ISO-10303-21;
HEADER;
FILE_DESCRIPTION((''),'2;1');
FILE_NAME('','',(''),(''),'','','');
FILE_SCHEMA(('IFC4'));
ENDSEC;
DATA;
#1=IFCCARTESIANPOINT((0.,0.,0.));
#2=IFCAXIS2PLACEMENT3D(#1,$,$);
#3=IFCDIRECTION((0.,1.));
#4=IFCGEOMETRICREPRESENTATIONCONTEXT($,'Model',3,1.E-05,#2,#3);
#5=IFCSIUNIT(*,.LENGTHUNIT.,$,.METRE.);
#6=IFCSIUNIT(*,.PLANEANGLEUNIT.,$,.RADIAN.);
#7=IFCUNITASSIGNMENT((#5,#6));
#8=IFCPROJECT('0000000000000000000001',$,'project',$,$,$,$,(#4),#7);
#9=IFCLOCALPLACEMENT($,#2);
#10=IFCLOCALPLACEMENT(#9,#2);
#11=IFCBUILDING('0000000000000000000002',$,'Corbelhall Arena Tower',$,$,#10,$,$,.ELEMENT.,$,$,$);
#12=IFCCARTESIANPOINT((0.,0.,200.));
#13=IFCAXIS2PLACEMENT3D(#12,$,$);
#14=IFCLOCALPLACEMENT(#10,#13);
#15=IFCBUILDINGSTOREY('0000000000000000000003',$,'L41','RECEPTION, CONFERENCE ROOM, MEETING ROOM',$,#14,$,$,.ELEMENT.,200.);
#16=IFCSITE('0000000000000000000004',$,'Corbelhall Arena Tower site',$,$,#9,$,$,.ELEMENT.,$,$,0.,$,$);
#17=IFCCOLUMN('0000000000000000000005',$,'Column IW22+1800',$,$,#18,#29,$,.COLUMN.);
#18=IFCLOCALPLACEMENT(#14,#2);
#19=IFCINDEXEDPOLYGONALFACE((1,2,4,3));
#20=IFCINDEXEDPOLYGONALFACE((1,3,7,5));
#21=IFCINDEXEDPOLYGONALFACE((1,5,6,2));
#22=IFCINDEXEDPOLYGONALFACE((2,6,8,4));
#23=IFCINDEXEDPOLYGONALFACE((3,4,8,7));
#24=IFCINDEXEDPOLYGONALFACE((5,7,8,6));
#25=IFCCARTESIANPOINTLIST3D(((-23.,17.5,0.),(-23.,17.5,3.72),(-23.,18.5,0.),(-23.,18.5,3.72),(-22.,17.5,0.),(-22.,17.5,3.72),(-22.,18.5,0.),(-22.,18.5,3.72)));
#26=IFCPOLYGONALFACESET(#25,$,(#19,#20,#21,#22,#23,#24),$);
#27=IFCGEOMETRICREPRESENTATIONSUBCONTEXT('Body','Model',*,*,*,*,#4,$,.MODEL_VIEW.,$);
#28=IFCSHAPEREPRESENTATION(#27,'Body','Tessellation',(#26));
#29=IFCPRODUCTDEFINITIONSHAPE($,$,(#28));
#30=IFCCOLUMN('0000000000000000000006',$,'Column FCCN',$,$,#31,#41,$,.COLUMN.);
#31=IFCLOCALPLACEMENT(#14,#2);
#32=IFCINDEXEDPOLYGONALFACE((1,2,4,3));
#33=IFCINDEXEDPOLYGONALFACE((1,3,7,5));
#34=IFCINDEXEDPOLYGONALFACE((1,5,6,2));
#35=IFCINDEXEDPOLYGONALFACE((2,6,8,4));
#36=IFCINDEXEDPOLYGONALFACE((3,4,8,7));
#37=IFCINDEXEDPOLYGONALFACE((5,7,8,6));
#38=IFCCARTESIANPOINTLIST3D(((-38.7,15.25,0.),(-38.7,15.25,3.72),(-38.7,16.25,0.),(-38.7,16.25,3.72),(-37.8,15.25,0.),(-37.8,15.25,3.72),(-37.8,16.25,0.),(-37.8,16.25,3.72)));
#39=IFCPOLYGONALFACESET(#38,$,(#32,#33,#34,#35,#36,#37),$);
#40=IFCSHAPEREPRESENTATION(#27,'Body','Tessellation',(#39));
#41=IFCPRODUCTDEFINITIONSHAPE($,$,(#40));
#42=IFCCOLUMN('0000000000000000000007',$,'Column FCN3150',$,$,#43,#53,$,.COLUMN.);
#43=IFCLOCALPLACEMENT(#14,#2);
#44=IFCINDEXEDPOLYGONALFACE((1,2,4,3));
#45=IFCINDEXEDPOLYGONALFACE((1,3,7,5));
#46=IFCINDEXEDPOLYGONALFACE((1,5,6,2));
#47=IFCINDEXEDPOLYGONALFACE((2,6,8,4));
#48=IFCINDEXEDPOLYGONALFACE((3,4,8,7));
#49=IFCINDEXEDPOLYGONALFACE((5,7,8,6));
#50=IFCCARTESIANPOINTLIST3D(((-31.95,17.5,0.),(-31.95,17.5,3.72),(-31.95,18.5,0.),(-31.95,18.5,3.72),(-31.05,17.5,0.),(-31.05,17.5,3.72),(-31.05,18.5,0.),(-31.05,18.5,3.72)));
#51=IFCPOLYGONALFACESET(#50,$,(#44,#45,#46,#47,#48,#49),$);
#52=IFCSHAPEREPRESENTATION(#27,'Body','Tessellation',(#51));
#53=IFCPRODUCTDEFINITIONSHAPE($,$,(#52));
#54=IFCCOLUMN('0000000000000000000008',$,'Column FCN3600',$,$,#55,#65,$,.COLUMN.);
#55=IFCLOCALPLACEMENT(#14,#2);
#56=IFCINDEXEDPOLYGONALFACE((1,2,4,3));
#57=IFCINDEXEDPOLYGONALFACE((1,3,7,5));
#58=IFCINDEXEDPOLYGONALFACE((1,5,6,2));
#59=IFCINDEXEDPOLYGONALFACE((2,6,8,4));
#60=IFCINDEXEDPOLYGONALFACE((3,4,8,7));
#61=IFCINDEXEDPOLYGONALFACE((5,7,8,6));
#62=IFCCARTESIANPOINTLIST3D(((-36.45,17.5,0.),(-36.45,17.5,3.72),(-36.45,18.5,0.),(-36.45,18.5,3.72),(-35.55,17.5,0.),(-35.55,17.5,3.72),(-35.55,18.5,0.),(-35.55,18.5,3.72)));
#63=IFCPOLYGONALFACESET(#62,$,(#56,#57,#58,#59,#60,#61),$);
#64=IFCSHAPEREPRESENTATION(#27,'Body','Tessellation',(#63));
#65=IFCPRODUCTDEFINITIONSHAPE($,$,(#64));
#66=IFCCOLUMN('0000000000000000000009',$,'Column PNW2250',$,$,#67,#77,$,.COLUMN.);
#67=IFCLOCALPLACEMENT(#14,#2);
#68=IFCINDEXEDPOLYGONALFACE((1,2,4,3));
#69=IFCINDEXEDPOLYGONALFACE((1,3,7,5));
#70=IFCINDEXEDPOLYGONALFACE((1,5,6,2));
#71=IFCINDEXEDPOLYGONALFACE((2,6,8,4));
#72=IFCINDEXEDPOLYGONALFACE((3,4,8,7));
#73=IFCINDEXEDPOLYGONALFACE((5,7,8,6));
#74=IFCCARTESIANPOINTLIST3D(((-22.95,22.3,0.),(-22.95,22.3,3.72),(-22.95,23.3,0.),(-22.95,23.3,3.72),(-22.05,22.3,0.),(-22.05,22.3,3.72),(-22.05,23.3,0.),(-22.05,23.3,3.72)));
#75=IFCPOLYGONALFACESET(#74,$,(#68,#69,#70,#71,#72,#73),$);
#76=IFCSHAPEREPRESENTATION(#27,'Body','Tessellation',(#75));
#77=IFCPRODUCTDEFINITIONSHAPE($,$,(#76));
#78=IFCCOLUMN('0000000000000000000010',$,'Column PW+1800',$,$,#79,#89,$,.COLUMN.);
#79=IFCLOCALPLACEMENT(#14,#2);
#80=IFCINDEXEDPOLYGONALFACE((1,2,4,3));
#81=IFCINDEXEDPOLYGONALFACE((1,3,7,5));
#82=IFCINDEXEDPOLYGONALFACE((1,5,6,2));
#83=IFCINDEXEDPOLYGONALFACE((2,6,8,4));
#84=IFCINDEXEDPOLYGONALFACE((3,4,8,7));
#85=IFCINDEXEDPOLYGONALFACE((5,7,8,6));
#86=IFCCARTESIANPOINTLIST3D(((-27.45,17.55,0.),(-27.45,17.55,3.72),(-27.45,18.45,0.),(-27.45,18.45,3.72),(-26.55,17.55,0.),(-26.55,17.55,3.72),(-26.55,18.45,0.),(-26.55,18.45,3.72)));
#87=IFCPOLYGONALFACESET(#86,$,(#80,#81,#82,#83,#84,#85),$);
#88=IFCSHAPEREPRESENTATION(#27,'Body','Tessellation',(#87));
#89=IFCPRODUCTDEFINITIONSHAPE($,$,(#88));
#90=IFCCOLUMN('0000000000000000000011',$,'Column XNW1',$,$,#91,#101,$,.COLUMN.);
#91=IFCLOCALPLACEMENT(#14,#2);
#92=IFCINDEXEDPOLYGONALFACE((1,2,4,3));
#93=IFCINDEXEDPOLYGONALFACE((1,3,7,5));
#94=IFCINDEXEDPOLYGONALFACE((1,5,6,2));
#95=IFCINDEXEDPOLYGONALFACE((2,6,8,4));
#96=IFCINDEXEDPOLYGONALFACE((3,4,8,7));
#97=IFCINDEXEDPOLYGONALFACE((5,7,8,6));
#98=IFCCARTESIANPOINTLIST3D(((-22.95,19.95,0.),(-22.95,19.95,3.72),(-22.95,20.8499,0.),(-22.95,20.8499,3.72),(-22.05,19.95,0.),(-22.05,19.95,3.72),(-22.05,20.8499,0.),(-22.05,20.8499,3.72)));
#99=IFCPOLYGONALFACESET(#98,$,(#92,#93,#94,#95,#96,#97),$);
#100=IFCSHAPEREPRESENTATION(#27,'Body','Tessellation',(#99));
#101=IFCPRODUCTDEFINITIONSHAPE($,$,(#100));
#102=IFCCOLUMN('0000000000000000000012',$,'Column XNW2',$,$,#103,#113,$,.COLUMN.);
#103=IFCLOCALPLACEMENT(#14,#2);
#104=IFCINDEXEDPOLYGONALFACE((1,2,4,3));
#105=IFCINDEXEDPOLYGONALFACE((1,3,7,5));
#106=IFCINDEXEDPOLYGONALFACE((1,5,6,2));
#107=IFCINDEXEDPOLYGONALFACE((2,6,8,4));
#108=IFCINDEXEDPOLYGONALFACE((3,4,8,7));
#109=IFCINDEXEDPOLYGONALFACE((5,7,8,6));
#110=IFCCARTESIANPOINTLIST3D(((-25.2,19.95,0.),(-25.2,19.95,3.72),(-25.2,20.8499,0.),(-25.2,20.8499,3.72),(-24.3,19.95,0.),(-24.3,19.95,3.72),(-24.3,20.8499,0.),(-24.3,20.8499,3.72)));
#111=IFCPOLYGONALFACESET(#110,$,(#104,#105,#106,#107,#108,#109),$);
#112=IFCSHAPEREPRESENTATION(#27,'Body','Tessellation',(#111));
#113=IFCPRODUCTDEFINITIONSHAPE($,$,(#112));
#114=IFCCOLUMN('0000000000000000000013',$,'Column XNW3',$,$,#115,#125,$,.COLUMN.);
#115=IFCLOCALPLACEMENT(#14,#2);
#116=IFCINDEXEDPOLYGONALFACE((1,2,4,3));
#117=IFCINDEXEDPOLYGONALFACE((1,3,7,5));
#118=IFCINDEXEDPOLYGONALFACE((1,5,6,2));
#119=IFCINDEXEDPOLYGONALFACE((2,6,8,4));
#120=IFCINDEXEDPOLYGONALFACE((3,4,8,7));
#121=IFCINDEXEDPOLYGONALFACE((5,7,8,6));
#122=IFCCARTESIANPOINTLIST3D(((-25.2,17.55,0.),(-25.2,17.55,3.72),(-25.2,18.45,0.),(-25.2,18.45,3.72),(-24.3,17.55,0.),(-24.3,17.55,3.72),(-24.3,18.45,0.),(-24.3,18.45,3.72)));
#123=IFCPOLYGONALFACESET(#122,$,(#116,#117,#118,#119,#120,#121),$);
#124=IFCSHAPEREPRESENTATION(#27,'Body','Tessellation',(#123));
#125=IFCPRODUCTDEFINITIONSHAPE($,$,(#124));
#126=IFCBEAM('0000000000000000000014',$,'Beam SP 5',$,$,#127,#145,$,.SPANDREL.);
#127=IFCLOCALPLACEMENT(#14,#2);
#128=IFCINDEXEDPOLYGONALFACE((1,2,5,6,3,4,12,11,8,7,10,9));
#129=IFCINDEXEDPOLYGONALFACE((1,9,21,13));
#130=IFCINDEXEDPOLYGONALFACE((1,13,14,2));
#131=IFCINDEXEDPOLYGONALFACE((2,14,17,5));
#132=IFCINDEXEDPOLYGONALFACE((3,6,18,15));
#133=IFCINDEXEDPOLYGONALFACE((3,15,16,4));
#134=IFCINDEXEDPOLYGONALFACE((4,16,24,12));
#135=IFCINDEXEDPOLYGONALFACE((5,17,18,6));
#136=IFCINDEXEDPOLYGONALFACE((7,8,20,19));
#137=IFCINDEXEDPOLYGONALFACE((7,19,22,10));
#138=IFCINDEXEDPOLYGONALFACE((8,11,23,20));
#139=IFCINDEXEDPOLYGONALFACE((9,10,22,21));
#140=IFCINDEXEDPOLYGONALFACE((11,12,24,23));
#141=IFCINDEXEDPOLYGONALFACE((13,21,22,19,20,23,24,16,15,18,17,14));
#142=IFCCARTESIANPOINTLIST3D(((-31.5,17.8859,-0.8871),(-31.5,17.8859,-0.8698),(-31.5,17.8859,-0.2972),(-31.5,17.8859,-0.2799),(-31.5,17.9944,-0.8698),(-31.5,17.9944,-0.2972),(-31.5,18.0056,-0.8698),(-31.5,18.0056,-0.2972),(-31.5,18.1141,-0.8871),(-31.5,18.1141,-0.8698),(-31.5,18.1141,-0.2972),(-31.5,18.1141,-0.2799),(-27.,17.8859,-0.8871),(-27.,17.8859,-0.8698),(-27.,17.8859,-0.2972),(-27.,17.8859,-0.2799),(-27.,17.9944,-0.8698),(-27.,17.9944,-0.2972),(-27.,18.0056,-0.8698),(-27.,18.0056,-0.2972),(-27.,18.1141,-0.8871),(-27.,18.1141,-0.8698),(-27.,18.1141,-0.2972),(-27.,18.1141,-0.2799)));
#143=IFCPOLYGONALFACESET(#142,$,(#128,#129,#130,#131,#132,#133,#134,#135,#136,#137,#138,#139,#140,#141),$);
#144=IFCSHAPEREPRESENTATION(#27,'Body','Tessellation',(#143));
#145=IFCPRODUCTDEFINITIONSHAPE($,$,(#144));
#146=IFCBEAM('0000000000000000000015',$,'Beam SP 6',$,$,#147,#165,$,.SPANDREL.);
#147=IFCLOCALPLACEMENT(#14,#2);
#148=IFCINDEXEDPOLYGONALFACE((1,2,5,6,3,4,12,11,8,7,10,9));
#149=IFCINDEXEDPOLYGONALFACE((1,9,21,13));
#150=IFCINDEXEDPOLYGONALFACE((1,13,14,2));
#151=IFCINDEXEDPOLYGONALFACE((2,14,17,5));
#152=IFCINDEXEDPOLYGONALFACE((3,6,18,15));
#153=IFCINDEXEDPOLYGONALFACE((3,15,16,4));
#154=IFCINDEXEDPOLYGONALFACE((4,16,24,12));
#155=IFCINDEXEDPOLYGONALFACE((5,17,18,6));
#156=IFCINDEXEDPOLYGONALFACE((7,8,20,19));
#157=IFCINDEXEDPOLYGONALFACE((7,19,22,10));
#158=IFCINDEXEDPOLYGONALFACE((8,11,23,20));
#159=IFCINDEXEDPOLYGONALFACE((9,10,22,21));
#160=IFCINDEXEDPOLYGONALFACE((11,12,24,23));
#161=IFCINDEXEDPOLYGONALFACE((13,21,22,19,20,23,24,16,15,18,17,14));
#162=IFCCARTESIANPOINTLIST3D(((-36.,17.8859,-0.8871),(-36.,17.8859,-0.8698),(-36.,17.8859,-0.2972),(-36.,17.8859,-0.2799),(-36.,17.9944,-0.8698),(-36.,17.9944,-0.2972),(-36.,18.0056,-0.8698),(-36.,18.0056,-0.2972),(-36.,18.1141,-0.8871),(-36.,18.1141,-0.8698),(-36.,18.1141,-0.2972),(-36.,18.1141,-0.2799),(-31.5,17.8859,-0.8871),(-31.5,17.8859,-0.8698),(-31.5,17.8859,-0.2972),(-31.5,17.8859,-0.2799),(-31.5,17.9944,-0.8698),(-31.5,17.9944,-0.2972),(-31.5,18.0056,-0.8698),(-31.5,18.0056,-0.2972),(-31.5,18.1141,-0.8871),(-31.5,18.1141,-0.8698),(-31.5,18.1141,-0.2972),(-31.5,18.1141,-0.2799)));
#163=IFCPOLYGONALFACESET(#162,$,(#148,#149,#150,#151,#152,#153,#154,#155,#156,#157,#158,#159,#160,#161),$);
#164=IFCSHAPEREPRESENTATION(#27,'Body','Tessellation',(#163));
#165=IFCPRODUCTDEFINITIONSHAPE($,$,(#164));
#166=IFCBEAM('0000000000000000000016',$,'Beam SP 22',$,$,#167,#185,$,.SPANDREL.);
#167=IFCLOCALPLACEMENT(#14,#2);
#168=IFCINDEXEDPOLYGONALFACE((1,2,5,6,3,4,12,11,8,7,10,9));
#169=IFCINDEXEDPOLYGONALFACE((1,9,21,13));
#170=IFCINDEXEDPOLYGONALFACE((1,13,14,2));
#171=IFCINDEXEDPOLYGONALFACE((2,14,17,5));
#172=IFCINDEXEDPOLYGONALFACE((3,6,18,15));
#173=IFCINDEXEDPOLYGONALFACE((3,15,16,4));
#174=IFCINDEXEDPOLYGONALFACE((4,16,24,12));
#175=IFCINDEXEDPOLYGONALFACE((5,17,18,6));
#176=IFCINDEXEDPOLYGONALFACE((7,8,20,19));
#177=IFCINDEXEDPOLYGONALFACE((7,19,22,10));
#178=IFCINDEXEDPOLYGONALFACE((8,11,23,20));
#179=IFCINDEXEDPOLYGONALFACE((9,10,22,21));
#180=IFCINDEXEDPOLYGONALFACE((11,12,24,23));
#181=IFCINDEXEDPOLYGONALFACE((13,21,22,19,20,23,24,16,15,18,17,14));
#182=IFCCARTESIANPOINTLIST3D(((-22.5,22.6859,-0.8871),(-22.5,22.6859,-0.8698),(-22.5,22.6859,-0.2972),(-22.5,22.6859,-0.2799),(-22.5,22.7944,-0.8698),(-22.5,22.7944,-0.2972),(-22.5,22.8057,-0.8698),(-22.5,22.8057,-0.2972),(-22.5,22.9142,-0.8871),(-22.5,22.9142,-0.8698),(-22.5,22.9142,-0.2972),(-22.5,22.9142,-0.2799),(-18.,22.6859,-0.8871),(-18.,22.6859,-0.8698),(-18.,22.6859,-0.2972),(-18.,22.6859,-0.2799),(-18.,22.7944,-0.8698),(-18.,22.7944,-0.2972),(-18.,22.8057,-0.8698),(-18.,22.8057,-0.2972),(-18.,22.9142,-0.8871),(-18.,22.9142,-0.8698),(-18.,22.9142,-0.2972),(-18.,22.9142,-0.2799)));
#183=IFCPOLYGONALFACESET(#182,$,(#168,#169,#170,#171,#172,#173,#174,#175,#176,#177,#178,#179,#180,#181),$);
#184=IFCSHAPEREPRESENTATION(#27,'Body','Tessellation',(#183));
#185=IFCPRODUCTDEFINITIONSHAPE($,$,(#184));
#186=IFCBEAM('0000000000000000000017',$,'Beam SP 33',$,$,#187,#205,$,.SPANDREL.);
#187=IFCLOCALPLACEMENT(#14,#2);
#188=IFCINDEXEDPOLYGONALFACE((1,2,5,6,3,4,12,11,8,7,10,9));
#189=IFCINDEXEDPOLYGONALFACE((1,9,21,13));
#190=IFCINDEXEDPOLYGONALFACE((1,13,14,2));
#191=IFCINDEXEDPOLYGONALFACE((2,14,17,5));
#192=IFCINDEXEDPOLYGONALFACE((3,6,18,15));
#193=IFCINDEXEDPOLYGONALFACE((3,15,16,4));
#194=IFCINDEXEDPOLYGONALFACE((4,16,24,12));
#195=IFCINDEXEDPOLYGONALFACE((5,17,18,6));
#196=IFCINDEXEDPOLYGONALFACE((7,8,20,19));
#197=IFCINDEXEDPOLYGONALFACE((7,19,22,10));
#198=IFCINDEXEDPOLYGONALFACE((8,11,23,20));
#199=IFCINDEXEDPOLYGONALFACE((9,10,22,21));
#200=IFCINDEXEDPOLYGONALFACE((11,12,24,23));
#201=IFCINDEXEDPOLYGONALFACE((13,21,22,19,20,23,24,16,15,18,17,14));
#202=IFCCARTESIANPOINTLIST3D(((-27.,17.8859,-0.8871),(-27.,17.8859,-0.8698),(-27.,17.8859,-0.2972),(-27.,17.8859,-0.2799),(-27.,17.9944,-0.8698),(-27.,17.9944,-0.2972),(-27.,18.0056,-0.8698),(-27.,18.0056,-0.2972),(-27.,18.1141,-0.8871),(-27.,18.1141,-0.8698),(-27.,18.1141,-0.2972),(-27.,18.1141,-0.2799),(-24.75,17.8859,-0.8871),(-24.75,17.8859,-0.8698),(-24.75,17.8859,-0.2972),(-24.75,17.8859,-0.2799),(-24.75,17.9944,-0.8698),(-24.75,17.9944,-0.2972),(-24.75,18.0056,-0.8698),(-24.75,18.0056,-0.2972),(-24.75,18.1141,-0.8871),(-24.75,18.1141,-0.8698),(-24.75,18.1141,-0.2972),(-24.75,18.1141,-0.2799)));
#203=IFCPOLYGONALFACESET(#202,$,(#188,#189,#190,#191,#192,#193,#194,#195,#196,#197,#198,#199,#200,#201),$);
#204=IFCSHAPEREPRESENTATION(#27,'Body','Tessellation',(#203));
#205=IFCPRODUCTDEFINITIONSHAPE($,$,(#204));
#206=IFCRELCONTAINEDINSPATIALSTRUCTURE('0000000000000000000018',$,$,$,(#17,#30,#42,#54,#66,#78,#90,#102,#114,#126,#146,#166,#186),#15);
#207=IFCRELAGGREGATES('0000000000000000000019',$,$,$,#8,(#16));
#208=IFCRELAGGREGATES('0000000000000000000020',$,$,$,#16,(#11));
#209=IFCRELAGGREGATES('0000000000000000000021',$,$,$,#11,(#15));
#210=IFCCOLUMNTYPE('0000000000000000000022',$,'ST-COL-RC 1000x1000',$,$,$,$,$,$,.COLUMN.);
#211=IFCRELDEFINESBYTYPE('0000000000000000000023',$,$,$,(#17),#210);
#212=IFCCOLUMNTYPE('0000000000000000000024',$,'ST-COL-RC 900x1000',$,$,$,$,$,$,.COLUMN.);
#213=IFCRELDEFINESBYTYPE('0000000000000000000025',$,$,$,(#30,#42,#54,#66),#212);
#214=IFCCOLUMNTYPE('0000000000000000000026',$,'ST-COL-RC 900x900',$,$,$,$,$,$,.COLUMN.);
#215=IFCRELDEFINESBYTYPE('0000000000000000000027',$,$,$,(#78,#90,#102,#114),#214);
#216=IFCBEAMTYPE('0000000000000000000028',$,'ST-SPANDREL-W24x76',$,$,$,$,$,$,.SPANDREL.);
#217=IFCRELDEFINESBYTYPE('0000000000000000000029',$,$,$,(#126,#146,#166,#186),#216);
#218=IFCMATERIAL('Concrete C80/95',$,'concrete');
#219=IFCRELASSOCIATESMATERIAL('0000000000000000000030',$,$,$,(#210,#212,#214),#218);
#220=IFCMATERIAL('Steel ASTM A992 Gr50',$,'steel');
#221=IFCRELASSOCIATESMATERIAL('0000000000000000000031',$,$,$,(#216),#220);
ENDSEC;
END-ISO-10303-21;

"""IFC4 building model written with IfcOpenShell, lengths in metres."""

from ifc_helpers import new_model, si_unit, direction, frame, origin, origin_2d, place, context, subcontext, project, spatial, rectangle, i_section, extrude, material, material_profile, profile_set, type_object, element, save


model = new_model("IFC4")

# Units and contexts
model_context = context("Model", 3, precision=1e-05, world=origin(), true_north=direction((0.0, 1.0)))
body_context = subcontext(model_context, "Body", "Model", "MODEL_VIEW")
ifc_project = project(units=[si_unit("LENGTHUNIT", "METRE"), si_unit("PLANEANGLEUNIT", "RADIAN")], contexts=[model_context])

# Site, building, storey
site_placement = place(None, origin())
site = spatial("IfcSite", under=ifc_project, at=site_placement, Name="Corbelhall Arena Tower site", CompositionType="ELEMENT", RefElevation=0.0)
building_placement = place(site_placement, origin())
building = spatial("IfcBuilding", under=site, at=building_placement, Name="Corbelhall Arena Tower", CompositionType="ELEMENT")
storey_placement = place(building_placement, frame((0.0, 0.0, 200.0)))
storey = spatial("IfcBuildingStorey", under=building, at=storey_placement, Name="L41", Description="RECEPTION, CONFERENCE ROOM, MEETING ROOM", CompositionType="ELEMENT", Elevation=200.0)

# Columns
ifc_material_1 = material(Name="Concrete C80/95", Category="concrete")
ifc_material_profile_1 = material_profile(ifc_material_1, rectangle(XDim=1.0, YDim=1.0, at=origin_2d()))
ifc_profile_set_1 = profile_set([ifc_material_profile_1], Name="Concrete C80/95")
column_type_1 = type_object("IfcColumnType", Name="ST-COL-RC 1000x1000", PredefinedType="COLUMN", material=ifc_profile_set_1)
column_placement = place(storey_placement, frame((-22.5, 18.0, 0.0), z_axis=(0.0, 0.0, 1.0), x_axis=(1.0, 0.0, 0.0)))
element("IfcColumn", 1, at=column_placement, inside=storey, type_object=column_type_1, Name="Column IW22+1800", PredefinedType="COLUMN", context=body_context, shape_type="SweptSolid", body=[
    extrude(rectangle(XDim=1.0, YDim=1.0, at=origin_2d()), origin(), (0.0, 0.0, 1.0), 3.72),
])
ifc_material_profile_2 = material_profile(ifc_material_1, rectangle(XDim=0.8999, YDim=1.0, at=origin_2d()))
ifc_profile_set_2 = profile_set([ifc_material_profile_2], Name="Concrete C80/95")
column_type_2 = type_object("IfcColumnType", Name="ST-COL-RC 900x1000", PredefinedType="COLUMN", material=ifc_profile_set_2)
for number, where, z_axis, x_axis, name in (
    (2, (-38.25, 15.75, 0.0), (0.0, 0.0, 1.0), (1.0, 0.0, 0.0), "Column FCCN"),
    (3, (-31.5, 18.0, 0.0), (0.0, 0.0, 1.0), (1.0, 0.0, 0.0), "Column FCN3150"),
    (4, (-36.0, 18.0, 0.0), (0.0, 0.0, 1.0), (1.0, 0.0, 0.0), "Column FCN3600"),
    (5, (-22.5, 22.8, 0.0), (0.0, 0.0, 1.0), (1.0, 0.0, 0.0), "Column PNW2250"),
):
    element("IfcColumn", number, at=place(storey_placement, frame(where, z_axis=z_axis, x_axis=x_axis)), inside=storey, type_object=column_type_2, Name=name, PredefinedType="COLUMN", context=body_context, shape_type="SweptSolid", body=[
        extrude(rectangle(XDim=0.8999, YDim=1.0, at=origin_2d()), origin(), (0.0, 0.0, 1.0), 3.72),
    ])
ifc_material_profile_3 = material_profile(ifc_material_1, rectangle(XDim=0.8999, YDim=0.8999, at=origin_2d()))
ifc_profile_set_3 = profile_set([ifc_material_profile_3], Name="Concrete C80/95")
column_type_3 = type_object("IfcColumnType", Name="ST-COL-RC 900x900", PredefinedType="COLUMN", material=ifc_profile_set_3)
for number, where, z_axis, x_axis, name in (
    (6, (-27.0, 18.0, 0.0), (0.0, 0.0, 1.0), (1.0, 0.0, 0.0), "Column PW+1800"),
    (7, (-22.5, 20.3999, 0.0), (0.0, 0.0, 1.0), (1.0, 0.0, 0.0), "Column XNW1"),
    (8, (-24.75, 20.3999, 0.0), (0.0, 0.0, 1.0), (1.0, 0.0, 0.0), "Column XNW2"),
    (9, (-24.75, 18.0, 0.0), (0.0, 0.0, 1.0), (1.0, 0.0, 0.0), "Column XNW3"),
):
    element("IfcColumn", number, at=place(storey_placement, frame(where, z_axis=z_axis, x_axis=x_axis)), inside=storey, type_object=column_type_3, Name=name, PredefinedType="COLUMN", context=body_context, shape_type="SweptSolid", body=[
        extrude(rectangle(XDim=0.8999, YDim=0.8999, at=origin_2d()), origin(), (0.0, 0.0, 1.0), 3.72),
    ])

# Beams
ifc_material_2 = material(Name="Steel ASTM A992 Gr50", Category="steel")
ifc_material_profile_4 = material_profile(ifc_material_2, i_section(OverallWidth=0.2283, OverallDepth=0.6072, WebThickness=0.0112, FlangeThickness=0.0173, at=origin_2d()))
ifc_profile_set_4 = profile_set([ifc_material_profile_4], Name="Steel ASTM A992 Gr50")
beam_type = type_object("IfcBeamType", Name="ST-SPANDREL-W24x76", PredefinedType="SPANDREL", material=ifc_profile_set_4)
for number, where, z_axis, x_axis, name in (
    (10, (-31.5, 18.0, -0.5835), (1.0, 0.0, 0.0), (0.0, 1.0, 0.0), "Beam SP 5"),
    (11, (-36.0, 18.0, -0.5835), (1.0, 0.0, 0.0), (0.0, 1.0, 0.0), "Beam SP 6"),
    (12, (-22.5, 22.8, -0.5835), (1.0, 0.0, 0.0), (0.0, 1.0, 0.0), "Beam SP 22"),
):
    element("IfcBeam", number, at=place(storey_placement, frame(where, z_axis=z_axis, x_axis=x_axis)), inside=storey, type_object=beam_type, Name=name, PredefinedType="SPANDREL", context=body_context, shape_type="SweptSolid", body=[
        extrude(i_section(OverallWidth=0.2283, OverallDepth=0.6072, WebThickness=0.0112, FlangeThickness=0.0173, at=origin_2d()), origin(), (0.0, 0.0, 1.0), 4.5),
    ])
beam_1_placement = place(storey_placement, frame((-27.0, 18.0, -0.5835), z_axis=(1.0, 0.0, 0.0), x_axis=(0.0, 1.0, 0.0)))
element("IfcBeam", 13, at=beam_1_placement, inside=storey, type_object=beam_type, Name="Beam SP 33", PredefinedType="SPANDREL", context=body_context, shape_type="SweptSolid", body=[
    extrude(i_section(OverallWidth=0.2283, OverallDepth=0.6072, WebThickness=0.0112, FlangeThickness=0.0173, at=origin_2d()), origin(), (0.0, 0.0, 1.0), 2.25),
])

save(model, "model.ifc")
